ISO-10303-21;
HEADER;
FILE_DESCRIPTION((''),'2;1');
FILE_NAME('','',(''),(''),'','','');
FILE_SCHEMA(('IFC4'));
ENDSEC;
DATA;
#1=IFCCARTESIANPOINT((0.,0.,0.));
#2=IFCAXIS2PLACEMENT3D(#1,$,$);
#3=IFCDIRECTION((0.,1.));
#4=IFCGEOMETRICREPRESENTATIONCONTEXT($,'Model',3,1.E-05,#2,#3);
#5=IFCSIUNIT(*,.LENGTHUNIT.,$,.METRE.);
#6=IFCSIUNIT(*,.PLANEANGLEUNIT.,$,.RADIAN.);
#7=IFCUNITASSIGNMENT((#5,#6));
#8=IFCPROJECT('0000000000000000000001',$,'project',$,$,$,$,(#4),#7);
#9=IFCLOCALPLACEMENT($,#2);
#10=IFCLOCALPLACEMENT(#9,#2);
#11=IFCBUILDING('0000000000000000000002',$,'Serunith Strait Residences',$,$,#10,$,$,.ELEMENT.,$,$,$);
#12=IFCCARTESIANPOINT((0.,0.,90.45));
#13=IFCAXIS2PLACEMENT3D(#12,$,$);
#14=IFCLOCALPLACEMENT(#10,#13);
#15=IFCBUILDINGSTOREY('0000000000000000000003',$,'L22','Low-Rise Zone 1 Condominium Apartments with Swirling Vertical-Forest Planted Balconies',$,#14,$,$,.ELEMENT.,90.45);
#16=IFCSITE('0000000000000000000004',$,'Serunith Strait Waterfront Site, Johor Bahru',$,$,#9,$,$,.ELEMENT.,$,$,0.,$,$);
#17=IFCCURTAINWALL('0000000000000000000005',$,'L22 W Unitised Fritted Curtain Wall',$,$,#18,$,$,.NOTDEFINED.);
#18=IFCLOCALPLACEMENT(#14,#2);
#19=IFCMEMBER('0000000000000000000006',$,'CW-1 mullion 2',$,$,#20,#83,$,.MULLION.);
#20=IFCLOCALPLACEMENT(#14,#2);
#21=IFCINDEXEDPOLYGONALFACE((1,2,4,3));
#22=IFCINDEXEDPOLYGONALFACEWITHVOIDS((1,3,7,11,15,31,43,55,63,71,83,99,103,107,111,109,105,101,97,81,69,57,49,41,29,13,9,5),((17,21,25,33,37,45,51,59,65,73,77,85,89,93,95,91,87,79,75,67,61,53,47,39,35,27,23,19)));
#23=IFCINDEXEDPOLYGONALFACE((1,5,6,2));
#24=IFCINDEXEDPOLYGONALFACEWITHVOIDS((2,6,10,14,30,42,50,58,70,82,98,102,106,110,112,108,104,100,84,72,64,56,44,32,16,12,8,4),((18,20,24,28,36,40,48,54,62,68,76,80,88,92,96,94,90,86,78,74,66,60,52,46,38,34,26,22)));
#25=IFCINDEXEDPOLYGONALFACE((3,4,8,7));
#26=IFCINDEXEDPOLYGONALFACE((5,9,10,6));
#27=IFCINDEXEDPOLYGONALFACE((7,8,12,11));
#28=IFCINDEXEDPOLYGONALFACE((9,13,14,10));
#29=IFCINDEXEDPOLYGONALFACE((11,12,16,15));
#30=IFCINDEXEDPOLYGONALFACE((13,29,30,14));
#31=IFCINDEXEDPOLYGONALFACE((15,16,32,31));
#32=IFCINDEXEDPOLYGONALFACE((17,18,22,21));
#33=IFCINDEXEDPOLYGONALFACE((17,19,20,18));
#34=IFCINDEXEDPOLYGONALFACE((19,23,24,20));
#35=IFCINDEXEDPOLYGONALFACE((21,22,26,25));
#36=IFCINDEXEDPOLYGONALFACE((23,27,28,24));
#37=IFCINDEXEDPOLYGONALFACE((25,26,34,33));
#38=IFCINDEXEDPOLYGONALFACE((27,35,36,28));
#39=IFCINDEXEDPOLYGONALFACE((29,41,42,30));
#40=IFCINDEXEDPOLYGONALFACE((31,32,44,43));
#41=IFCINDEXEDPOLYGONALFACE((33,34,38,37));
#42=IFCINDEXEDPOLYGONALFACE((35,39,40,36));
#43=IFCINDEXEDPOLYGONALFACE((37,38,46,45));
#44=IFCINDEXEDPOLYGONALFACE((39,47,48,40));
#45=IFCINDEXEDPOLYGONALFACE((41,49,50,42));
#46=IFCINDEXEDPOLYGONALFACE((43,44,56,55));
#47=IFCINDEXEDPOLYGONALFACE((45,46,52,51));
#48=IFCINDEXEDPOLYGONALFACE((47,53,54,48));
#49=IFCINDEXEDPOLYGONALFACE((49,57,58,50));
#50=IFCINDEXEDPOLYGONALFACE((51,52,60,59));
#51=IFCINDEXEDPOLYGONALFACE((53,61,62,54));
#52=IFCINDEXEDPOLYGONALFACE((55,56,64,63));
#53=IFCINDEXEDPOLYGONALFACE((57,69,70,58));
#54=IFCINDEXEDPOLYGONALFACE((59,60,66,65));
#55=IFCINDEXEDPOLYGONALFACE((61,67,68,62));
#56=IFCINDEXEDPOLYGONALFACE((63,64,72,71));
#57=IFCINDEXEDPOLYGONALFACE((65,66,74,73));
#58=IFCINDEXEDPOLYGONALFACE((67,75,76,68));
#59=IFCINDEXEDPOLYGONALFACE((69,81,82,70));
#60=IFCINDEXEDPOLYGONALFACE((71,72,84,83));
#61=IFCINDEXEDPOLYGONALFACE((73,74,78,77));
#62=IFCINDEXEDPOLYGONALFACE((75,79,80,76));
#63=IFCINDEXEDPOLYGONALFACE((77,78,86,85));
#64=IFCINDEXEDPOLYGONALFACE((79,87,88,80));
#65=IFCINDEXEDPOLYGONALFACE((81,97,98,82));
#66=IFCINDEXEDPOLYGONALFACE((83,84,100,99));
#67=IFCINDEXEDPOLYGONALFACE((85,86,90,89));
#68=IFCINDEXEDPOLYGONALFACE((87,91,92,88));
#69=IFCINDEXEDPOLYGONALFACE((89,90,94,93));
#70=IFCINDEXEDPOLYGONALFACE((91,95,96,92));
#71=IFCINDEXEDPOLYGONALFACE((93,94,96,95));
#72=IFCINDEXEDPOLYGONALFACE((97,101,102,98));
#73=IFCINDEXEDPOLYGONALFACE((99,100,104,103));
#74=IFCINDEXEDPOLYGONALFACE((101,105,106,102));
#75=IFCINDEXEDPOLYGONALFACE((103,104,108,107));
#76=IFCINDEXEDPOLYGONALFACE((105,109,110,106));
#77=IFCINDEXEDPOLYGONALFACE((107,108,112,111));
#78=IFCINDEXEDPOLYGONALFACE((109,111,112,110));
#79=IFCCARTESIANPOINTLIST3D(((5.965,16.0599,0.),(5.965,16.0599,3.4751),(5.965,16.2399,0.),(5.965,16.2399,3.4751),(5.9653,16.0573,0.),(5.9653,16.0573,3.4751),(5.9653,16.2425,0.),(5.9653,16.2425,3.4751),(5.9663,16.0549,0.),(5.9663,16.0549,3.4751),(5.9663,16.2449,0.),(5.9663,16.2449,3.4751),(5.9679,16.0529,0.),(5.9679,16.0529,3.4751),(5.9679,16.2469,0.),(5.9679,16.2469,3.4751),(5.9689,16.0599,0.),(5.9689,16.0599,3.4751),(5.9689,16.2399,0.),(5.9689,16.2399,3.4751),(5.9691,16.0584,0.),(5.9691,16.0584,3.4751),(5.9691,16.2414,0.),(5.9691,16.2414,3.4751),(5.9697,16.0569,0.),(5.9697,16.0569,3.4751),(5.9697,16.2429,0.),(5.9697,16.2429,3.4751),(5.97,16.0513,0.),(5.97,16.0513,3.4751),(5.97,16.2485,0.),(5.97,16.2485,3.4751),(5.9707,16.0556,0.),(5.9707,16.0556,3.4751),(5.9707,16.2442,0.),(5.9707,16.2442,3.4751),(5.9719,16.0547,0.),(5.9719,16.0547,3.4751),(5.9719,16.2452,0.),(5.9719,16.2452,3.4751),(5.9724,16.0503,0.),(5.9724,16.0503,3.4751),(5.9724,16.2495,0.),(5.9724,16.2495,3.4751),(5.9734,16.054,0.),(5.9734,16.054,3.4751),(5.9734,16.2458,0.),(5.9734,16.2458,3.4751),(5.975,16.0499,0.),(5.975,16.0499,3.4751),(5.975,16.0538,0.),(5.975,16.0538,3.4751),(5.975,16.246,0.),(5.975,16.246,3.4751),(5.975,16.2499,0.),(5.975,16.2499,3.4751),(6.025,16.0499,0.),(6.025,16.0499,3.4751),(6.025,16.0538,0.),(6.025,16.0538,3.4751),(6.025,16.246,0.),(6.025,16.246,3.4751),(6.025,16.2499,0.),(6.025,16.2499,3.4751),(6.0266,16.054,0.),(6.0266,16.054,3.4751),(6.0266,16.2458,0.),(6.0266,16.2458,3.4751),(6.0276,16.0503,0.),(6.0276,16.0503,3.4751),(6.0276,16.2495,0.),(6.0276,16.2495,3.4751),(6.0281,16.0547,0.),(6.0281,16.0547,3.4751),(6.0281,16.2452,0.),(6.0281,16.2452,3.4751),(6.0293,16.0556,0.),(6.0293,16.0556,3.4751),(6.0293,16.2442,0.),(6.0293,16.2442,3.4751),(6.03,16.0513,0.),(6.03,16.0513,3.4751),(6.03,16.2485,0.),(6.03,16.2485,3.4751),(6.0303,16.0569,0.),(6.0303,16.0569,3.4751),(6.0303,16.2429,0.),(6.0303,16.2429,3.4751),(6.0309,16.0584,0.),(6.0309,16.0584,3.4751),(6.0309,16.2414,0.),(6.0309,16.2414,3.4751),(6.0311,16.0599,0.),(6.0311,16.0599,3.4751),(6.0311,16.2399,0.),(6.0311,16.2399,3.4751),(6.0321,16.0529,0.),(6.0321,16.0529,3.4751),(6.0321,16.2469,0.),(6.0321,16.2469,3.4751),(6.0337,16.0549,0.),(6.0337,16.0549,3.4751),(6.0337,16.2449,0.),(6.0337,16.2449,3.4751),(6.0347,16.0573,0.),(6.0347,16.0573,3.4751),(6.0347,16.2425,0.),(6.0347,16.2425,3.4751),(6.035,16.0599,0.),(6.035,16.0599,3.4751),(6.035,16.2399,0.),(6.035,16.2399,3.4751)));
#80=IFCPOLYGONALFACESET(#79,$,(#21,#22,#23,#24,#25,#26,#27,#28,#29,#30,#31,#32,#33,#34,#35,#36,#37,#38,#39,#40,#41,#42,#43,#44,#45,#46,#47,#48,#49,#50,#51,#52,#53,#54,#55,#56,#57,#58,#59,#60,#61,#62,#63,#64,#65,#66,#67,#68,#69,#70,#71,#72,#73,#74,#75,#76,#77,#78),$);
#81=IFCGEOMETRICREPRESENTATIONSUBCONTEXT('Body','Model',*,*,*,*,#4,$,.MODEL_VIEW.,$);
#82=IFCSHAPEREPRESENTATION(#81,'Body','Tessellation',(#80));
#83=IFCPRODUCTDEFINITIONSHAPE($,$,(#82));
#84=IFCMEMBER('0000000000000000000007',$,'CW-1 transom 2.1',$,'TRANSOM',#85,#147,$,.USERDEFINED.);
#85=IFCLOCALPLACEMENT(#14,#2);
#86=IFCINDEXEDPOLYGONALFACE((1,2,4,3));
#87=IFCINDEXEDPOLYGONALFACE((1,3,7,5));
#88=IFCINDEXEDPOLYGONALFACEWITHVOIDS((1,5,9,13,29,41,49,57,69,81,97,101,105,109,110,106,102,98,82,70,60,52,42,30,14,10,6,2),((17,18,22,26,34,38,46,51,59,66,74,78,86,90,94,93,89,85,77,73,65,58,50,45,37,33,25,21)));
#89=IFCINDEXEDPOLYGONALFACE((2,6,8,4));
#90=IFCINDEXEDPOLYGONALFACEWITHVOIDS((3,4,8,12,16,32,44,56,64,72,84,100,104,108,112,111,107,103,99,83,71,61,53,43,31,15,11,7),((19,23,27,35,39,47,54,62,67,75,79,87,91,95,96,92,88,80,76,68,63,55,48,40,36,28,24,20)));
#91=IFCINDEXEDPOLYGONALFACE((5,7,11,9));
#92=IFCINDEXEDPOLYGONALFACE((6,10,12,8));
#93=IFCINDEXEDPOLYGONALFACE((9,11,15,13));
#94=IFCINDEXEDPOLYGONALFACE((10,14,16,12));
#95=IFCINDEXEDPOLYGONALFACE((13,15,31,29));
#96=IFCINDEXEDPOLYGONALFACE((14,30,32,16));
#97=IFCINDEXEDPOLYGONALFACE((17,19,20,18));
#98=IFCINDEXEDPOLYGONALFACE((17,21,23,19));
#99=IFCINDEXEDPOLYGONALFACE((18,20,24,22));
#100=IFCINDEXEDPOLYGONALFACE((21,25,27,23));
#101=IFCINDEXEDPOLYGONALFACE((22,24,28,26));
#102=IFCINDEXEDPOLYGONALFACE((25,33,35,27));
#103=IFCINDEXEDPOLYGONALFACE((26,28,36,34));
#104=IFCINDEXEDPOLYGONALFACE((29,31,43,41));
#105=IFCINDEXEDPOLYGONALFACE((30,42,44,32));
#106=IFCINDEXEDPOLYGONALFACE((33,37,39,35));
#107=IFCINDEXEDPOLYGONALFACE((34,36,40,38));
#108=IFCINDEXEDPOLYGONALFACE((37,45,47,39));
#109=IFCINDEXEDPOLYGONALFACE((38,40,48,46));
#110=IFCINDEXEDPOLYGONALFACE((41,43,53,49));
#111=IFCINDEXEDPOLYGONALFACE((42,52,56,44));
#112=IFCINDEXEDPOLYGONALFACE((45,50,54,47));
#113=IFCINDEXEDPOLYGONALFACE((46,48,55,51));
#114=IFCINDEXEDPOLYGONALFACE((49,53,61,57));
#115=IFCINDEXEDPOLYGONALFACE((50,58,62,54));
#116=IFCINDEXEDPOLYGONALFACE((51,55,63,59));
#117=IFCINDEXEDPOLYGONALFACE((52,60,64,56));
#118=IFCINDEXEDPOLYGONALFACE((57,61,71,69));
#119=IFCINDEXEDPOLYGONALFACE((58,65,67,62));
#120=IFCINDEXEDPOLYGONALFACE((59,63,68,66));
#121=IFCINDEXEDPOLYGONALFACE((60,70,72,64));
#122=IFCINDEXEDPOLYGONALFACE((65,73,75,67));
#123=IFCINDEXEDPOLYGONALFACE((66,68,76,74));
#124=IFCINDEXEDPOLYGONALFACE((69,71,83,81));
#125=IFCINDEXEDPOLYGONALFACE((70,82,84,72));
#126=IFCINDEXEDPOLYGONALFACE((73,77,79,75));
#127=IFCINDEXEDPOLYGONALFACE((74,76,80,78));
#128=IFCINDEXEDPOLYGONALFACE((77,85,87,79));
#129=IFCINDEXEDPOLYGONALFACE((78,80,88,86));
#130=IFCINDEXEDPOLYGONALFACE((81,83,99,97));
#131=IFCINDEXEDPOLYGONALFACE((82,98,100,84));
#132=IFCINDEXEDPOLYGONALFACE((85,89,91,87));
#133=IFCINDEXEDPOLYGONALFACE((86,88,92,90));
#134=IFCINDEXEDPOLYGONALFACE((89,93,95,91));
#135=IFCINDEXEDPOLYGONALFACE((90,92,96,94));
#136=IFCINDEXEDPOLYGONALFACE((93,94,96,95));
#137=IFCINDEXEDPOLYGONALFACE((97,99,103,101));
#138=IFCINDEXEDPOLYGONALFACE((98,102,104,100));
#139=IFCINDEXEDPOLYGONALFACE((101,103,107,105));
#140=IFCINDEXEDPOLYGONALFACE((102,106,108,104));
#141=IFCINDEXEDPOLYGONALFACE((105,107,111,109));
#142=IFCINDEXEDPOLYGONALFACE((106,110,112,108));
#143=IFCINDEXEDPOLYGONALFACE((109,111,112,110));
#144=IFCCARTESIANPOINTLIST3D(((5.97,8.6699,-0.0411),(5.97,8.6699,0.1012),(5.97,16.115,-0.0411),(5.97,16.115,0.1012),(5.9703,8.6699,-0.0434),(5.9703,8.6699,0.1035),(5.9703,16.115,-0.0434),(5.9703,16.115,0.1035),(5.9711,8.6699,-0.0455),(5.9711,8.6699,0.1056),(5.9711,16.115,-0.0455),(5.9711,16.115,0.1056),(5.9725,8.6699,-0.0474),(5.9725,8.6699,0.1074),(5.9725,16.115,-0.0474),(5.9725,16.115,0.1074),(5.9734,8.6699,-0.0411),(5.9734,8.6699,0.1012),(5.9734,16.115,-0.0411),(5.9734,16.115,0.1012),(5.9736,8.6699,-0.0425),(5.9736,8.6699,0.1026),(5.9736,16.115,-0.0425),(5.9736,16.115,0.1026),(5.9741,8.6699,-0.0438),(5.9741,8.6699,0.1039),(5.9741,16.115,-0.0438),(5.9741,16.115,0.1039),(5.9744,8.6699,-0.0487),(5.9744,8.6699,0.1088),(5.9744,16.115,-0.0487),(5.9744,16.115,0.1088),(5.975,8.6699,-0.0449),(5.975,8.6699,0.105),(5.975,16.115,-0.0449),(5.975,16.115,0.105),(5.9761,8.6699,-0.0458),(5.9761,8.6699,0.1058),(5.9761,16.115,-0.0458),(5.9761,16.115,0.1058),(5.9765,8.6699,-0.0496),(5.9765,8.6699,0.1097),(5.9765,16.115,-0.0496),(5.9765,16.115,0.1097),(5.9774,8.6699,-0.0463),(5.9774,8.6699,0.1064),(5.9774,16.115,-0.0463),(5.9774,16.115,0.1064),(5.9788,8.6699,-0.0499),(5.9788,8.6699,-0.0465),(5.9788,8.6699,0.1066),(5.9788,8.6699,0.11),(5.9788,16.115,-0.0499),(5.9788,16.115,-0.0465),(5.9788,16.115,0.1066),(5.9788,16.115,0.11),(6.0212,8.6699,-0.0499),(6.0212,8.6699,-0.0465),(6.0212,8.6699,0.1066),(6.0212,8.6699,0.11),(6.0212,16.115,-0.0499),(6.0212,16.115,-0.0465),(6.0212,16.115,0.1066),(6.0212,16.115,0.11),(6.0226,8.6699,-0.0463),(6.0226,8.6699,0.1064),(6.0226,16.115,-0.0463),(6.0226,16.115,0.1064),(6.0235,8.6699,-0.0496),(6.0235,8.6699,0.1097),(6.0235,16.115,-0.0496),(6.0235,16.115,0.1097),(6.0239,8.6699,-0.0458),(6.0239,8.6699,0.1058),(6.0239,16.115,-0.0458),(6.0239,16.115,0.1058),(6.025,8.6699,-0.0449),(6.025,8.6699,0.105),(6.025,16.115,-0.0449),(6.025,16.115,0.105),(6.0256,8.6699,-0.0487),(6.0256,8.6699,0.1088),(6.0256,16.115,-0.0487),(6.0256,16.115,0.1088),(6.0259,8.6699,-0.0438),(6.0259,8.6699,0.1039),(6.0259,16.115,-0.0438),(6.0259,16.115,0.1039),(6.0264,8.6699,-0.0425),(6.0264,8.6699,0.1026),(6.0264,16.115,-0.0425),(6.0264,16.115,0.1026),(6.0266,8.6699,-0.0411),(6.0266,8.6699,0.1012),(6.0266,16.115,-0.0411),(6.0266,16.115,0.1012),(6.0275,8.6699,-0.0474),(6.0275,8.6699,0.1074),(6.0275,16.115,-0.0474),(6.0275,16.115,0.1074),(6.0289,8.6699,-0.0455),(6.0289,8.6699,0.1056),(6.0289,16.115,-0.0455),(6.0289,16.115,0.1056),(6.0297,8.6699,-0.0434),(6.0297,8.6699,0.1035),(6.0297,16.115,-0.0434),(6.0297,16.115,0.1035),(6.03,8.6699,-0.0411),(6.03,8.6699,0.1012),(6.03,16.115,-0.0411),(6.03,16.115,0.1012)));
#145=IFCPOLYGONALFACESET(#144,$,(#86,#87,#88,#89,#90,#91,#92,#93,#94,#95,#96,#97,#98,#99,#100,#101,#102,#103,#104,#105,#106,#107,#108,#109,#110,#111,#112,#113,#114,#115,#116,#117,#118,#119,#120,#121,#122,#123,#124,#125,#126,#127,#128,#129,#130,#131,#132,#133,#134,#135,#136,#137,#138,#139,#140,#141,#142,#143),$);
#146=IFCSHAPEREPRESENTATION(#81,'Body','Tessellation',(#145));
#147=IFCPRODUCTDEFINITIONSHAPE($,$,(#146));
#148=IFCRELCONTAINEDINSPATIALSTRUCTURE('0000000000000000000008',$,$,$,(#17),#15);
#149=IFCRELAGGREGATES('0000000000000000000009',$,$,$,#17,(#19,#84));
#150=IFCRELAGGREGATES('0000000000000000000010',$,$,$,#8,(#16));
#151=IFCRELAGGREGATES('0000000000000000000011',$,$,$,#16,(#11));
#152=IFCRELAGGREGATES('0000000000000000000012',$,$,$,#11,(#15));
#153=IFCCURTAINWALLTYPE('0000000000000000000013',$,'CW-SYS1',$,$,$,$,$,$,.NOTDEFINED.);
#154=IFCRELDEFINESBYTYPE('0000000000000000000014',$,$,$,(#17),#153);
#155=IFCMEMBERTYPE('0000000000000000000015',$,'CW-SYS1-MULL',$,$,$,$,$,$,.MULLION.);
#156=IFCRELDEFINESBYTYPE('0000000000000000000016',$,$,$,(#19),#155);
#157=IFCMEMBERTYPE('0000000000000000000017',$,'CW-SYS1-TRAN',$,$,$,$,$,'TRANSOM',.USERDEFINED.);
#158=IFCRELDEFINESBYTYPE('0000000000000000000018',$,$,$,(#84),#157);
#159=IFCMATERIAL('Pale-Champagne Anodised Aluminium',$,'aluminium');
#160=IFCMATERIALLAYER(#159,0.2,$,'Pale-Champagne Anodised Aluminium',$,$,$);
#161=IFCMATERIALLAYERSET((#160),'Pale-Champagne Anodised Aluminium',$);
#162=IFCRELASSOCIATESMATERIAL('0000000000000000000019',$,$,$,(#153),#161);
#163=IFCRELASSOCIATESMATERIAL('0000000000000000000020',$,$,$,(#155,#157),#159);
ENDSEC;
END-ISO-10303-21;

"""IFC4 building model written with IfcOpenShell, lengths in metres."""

from ifc_helpers import new_model, si_unit, direction, frame, origin, origin_2d, place, context, subcontext, project, spatial, hollow_rectangle, extrude, source, transform, mapped, material, layer, layer_set, material_profile, profile_set, type_object, element, aggregate, save


model = new_model("IFC4")

# Units and contexts
model_context = context("Model", 3, precision=1e-05, world=origin(), true_north=direction((0.0, 1.0)))
body_context = subcontext(model_context, "Body", "Model", "MODEL_VIEW")
ifc_project = project(units=[si_unit("LENGTHUNIT", "METRE"), si_unit("PLANEANGLEUNIT", "RADIAN")], contexts=[model_context])

# Site, building, storey
site_placement = place(None, origin())
site = spatial("IfcSite", under=ifc_project, at=site_placement, Name="Serunith Strait Waterfront Site, Johor Bahru", CompositionType="ELEMENT", RefElevation=0.0)
building_placement = place(site_placement, origin())
building = spatial("IfcBuilding", under=site, at=building_placement, Name="Serunith Strait Residences", CompositionType="ELEMENT")
storey_placement = place(building_placement, frame((0.0, 0.0, 90.45)))
storey = spatial("IfcBuildingStorey", under=building, at=storey_placement, Name="L22", Description="Low-Rise Zone 1 Condominium Apartments with Swirling Vertical-Forest Planted Balconies", CompositionType="ELEMENT", Elevation=90.45)

# Curtain wall, members
ifc_material_1 = material(Name="Pale-Champagne Anodised Aluminium", Category="aluminium")
ifc_layer_1 = layer(ifc_material_1, 0.2, Name="Pale-Champagne Anodised Aluminium")
ifc_layer_set_1 = layer_set([ifc_layer_1], Name="Pale-Champagne Anodised Aluminium")
curtain_wall_type = type_object("IfcCurtainWallType", Name="CW-SYS1", PredefinedType="NOTDEFINED", material=ifc_layer_set_1)
curtain_wall_placement = place(storey_placement, origin())
curtain_wall = element("IfcCurtainWall", 1, at=curtain_wall_placement, inside=storey, type_object=curtain_wall_type, Name="L22 W Unitised Fritted Curtain Wall", PredefinedType="NOTDEFINED")
ifc_material_profile_1 = material_profile(ifc_material_1, hollow_rectangle(XDim=0.0701, YDim=0.2, WallThickness=0.0039, InnerFilletRadius=0.0061, OuterFilletRadius=0.01, at=origin_2d()), Name="ALU 200x70x4")
ifc_profile_set_1 = profile_set([ifc_material_profile_1], Name="Pale-Champagne Anodised Aluminium")
member_type_1 = type_object("IfcMemberType", Name="CW-SYS1-MULL", PredefinedType="MULLION", material=ifc_profile_set_1)
shared_shape_1 = source(origin(), body_context, "Body", "SweptSolid", [
    extrude(hollow_rectangle(XDim=0.0701, YDim=0.2, WallThickness=0.0039, InnerFilletRadius=0.0061, OuterFilletRadius=0.01, at=origin_2d()), origin(), (0.0, 0.0, 1.0), 3.4751),
])
member_1_placement = place(storey_placement, frame((6.0, 16.1499, 0.0), z_axis=(0.0, 0.0, 1.0), x_axis=(1.0, 0.0, 0.0)))
member_1 = element("IfcMember", 2, at=member_1_placement, type_object=member_type_1, Name="CW-1 mullion 2", PredefinedType="MULLION", context=body_context, shape_type="MappedRepresentation", body=[
    mapped(shared_shape_1, transform((0.0, 0.0, 0.0), scale=1.0)),
])
ifc_material_profile_2 = material_profile(ifc_material_1, hollow_rectangle(XDim=0.0601, YDim=0.1599, WallThickness=0.0034, InnerFilletRadius=0.0054, OuterFilletRadius=0.0088, at=origin_2d()), Name="ALU 160x60x3.5")
ifc_profile_set_2 = profile_set([ifc_material_profile_2], Name="Pale-Champagne Anodised Aluminium")
member_type_2 = type_object("IfcMemberType", Name="CW-SYS1-TRAN", ElementType="TRANSOM", PredefinedType="USERDEFINED", material=ifc_profile_set_2)
shared_shape_2 = source(origin(), body_context, "Body", "SweptSolid", [
    extrude(hollow_rectangle(XDim=0.0601, YDim=0.1599, WallThickness=0.0034, InnerFilletRadius=0.0054, OuterFilletRadius=0.0088, at=origin_2d()), origin(), (0.0, 0.0, 1.0), 7.4451),
])
member_2_placement = place(storey_placement, frame((6.0, 16.115, 0.03), z_axis=(0.0, -1.0, 0.0), x_axis=(1.0, 0.0, 0.0)))
member_2 = element("IfcMember", 3, at=member_2_placement, type_object=member_type_2, Name="CW-1 transom 2.1", ObjectType="TRANSOM", PredefinedType="USERDEFINED", context=body_context, shape_type="MappedRepresentation", body=[
    mapped(shared_shape_2, transform((0.0, 0.0, 0.0), scale=1.0)),
])
aggregate(curtain_wall, [member_1, member_2])

save(model, "model.ifc")
